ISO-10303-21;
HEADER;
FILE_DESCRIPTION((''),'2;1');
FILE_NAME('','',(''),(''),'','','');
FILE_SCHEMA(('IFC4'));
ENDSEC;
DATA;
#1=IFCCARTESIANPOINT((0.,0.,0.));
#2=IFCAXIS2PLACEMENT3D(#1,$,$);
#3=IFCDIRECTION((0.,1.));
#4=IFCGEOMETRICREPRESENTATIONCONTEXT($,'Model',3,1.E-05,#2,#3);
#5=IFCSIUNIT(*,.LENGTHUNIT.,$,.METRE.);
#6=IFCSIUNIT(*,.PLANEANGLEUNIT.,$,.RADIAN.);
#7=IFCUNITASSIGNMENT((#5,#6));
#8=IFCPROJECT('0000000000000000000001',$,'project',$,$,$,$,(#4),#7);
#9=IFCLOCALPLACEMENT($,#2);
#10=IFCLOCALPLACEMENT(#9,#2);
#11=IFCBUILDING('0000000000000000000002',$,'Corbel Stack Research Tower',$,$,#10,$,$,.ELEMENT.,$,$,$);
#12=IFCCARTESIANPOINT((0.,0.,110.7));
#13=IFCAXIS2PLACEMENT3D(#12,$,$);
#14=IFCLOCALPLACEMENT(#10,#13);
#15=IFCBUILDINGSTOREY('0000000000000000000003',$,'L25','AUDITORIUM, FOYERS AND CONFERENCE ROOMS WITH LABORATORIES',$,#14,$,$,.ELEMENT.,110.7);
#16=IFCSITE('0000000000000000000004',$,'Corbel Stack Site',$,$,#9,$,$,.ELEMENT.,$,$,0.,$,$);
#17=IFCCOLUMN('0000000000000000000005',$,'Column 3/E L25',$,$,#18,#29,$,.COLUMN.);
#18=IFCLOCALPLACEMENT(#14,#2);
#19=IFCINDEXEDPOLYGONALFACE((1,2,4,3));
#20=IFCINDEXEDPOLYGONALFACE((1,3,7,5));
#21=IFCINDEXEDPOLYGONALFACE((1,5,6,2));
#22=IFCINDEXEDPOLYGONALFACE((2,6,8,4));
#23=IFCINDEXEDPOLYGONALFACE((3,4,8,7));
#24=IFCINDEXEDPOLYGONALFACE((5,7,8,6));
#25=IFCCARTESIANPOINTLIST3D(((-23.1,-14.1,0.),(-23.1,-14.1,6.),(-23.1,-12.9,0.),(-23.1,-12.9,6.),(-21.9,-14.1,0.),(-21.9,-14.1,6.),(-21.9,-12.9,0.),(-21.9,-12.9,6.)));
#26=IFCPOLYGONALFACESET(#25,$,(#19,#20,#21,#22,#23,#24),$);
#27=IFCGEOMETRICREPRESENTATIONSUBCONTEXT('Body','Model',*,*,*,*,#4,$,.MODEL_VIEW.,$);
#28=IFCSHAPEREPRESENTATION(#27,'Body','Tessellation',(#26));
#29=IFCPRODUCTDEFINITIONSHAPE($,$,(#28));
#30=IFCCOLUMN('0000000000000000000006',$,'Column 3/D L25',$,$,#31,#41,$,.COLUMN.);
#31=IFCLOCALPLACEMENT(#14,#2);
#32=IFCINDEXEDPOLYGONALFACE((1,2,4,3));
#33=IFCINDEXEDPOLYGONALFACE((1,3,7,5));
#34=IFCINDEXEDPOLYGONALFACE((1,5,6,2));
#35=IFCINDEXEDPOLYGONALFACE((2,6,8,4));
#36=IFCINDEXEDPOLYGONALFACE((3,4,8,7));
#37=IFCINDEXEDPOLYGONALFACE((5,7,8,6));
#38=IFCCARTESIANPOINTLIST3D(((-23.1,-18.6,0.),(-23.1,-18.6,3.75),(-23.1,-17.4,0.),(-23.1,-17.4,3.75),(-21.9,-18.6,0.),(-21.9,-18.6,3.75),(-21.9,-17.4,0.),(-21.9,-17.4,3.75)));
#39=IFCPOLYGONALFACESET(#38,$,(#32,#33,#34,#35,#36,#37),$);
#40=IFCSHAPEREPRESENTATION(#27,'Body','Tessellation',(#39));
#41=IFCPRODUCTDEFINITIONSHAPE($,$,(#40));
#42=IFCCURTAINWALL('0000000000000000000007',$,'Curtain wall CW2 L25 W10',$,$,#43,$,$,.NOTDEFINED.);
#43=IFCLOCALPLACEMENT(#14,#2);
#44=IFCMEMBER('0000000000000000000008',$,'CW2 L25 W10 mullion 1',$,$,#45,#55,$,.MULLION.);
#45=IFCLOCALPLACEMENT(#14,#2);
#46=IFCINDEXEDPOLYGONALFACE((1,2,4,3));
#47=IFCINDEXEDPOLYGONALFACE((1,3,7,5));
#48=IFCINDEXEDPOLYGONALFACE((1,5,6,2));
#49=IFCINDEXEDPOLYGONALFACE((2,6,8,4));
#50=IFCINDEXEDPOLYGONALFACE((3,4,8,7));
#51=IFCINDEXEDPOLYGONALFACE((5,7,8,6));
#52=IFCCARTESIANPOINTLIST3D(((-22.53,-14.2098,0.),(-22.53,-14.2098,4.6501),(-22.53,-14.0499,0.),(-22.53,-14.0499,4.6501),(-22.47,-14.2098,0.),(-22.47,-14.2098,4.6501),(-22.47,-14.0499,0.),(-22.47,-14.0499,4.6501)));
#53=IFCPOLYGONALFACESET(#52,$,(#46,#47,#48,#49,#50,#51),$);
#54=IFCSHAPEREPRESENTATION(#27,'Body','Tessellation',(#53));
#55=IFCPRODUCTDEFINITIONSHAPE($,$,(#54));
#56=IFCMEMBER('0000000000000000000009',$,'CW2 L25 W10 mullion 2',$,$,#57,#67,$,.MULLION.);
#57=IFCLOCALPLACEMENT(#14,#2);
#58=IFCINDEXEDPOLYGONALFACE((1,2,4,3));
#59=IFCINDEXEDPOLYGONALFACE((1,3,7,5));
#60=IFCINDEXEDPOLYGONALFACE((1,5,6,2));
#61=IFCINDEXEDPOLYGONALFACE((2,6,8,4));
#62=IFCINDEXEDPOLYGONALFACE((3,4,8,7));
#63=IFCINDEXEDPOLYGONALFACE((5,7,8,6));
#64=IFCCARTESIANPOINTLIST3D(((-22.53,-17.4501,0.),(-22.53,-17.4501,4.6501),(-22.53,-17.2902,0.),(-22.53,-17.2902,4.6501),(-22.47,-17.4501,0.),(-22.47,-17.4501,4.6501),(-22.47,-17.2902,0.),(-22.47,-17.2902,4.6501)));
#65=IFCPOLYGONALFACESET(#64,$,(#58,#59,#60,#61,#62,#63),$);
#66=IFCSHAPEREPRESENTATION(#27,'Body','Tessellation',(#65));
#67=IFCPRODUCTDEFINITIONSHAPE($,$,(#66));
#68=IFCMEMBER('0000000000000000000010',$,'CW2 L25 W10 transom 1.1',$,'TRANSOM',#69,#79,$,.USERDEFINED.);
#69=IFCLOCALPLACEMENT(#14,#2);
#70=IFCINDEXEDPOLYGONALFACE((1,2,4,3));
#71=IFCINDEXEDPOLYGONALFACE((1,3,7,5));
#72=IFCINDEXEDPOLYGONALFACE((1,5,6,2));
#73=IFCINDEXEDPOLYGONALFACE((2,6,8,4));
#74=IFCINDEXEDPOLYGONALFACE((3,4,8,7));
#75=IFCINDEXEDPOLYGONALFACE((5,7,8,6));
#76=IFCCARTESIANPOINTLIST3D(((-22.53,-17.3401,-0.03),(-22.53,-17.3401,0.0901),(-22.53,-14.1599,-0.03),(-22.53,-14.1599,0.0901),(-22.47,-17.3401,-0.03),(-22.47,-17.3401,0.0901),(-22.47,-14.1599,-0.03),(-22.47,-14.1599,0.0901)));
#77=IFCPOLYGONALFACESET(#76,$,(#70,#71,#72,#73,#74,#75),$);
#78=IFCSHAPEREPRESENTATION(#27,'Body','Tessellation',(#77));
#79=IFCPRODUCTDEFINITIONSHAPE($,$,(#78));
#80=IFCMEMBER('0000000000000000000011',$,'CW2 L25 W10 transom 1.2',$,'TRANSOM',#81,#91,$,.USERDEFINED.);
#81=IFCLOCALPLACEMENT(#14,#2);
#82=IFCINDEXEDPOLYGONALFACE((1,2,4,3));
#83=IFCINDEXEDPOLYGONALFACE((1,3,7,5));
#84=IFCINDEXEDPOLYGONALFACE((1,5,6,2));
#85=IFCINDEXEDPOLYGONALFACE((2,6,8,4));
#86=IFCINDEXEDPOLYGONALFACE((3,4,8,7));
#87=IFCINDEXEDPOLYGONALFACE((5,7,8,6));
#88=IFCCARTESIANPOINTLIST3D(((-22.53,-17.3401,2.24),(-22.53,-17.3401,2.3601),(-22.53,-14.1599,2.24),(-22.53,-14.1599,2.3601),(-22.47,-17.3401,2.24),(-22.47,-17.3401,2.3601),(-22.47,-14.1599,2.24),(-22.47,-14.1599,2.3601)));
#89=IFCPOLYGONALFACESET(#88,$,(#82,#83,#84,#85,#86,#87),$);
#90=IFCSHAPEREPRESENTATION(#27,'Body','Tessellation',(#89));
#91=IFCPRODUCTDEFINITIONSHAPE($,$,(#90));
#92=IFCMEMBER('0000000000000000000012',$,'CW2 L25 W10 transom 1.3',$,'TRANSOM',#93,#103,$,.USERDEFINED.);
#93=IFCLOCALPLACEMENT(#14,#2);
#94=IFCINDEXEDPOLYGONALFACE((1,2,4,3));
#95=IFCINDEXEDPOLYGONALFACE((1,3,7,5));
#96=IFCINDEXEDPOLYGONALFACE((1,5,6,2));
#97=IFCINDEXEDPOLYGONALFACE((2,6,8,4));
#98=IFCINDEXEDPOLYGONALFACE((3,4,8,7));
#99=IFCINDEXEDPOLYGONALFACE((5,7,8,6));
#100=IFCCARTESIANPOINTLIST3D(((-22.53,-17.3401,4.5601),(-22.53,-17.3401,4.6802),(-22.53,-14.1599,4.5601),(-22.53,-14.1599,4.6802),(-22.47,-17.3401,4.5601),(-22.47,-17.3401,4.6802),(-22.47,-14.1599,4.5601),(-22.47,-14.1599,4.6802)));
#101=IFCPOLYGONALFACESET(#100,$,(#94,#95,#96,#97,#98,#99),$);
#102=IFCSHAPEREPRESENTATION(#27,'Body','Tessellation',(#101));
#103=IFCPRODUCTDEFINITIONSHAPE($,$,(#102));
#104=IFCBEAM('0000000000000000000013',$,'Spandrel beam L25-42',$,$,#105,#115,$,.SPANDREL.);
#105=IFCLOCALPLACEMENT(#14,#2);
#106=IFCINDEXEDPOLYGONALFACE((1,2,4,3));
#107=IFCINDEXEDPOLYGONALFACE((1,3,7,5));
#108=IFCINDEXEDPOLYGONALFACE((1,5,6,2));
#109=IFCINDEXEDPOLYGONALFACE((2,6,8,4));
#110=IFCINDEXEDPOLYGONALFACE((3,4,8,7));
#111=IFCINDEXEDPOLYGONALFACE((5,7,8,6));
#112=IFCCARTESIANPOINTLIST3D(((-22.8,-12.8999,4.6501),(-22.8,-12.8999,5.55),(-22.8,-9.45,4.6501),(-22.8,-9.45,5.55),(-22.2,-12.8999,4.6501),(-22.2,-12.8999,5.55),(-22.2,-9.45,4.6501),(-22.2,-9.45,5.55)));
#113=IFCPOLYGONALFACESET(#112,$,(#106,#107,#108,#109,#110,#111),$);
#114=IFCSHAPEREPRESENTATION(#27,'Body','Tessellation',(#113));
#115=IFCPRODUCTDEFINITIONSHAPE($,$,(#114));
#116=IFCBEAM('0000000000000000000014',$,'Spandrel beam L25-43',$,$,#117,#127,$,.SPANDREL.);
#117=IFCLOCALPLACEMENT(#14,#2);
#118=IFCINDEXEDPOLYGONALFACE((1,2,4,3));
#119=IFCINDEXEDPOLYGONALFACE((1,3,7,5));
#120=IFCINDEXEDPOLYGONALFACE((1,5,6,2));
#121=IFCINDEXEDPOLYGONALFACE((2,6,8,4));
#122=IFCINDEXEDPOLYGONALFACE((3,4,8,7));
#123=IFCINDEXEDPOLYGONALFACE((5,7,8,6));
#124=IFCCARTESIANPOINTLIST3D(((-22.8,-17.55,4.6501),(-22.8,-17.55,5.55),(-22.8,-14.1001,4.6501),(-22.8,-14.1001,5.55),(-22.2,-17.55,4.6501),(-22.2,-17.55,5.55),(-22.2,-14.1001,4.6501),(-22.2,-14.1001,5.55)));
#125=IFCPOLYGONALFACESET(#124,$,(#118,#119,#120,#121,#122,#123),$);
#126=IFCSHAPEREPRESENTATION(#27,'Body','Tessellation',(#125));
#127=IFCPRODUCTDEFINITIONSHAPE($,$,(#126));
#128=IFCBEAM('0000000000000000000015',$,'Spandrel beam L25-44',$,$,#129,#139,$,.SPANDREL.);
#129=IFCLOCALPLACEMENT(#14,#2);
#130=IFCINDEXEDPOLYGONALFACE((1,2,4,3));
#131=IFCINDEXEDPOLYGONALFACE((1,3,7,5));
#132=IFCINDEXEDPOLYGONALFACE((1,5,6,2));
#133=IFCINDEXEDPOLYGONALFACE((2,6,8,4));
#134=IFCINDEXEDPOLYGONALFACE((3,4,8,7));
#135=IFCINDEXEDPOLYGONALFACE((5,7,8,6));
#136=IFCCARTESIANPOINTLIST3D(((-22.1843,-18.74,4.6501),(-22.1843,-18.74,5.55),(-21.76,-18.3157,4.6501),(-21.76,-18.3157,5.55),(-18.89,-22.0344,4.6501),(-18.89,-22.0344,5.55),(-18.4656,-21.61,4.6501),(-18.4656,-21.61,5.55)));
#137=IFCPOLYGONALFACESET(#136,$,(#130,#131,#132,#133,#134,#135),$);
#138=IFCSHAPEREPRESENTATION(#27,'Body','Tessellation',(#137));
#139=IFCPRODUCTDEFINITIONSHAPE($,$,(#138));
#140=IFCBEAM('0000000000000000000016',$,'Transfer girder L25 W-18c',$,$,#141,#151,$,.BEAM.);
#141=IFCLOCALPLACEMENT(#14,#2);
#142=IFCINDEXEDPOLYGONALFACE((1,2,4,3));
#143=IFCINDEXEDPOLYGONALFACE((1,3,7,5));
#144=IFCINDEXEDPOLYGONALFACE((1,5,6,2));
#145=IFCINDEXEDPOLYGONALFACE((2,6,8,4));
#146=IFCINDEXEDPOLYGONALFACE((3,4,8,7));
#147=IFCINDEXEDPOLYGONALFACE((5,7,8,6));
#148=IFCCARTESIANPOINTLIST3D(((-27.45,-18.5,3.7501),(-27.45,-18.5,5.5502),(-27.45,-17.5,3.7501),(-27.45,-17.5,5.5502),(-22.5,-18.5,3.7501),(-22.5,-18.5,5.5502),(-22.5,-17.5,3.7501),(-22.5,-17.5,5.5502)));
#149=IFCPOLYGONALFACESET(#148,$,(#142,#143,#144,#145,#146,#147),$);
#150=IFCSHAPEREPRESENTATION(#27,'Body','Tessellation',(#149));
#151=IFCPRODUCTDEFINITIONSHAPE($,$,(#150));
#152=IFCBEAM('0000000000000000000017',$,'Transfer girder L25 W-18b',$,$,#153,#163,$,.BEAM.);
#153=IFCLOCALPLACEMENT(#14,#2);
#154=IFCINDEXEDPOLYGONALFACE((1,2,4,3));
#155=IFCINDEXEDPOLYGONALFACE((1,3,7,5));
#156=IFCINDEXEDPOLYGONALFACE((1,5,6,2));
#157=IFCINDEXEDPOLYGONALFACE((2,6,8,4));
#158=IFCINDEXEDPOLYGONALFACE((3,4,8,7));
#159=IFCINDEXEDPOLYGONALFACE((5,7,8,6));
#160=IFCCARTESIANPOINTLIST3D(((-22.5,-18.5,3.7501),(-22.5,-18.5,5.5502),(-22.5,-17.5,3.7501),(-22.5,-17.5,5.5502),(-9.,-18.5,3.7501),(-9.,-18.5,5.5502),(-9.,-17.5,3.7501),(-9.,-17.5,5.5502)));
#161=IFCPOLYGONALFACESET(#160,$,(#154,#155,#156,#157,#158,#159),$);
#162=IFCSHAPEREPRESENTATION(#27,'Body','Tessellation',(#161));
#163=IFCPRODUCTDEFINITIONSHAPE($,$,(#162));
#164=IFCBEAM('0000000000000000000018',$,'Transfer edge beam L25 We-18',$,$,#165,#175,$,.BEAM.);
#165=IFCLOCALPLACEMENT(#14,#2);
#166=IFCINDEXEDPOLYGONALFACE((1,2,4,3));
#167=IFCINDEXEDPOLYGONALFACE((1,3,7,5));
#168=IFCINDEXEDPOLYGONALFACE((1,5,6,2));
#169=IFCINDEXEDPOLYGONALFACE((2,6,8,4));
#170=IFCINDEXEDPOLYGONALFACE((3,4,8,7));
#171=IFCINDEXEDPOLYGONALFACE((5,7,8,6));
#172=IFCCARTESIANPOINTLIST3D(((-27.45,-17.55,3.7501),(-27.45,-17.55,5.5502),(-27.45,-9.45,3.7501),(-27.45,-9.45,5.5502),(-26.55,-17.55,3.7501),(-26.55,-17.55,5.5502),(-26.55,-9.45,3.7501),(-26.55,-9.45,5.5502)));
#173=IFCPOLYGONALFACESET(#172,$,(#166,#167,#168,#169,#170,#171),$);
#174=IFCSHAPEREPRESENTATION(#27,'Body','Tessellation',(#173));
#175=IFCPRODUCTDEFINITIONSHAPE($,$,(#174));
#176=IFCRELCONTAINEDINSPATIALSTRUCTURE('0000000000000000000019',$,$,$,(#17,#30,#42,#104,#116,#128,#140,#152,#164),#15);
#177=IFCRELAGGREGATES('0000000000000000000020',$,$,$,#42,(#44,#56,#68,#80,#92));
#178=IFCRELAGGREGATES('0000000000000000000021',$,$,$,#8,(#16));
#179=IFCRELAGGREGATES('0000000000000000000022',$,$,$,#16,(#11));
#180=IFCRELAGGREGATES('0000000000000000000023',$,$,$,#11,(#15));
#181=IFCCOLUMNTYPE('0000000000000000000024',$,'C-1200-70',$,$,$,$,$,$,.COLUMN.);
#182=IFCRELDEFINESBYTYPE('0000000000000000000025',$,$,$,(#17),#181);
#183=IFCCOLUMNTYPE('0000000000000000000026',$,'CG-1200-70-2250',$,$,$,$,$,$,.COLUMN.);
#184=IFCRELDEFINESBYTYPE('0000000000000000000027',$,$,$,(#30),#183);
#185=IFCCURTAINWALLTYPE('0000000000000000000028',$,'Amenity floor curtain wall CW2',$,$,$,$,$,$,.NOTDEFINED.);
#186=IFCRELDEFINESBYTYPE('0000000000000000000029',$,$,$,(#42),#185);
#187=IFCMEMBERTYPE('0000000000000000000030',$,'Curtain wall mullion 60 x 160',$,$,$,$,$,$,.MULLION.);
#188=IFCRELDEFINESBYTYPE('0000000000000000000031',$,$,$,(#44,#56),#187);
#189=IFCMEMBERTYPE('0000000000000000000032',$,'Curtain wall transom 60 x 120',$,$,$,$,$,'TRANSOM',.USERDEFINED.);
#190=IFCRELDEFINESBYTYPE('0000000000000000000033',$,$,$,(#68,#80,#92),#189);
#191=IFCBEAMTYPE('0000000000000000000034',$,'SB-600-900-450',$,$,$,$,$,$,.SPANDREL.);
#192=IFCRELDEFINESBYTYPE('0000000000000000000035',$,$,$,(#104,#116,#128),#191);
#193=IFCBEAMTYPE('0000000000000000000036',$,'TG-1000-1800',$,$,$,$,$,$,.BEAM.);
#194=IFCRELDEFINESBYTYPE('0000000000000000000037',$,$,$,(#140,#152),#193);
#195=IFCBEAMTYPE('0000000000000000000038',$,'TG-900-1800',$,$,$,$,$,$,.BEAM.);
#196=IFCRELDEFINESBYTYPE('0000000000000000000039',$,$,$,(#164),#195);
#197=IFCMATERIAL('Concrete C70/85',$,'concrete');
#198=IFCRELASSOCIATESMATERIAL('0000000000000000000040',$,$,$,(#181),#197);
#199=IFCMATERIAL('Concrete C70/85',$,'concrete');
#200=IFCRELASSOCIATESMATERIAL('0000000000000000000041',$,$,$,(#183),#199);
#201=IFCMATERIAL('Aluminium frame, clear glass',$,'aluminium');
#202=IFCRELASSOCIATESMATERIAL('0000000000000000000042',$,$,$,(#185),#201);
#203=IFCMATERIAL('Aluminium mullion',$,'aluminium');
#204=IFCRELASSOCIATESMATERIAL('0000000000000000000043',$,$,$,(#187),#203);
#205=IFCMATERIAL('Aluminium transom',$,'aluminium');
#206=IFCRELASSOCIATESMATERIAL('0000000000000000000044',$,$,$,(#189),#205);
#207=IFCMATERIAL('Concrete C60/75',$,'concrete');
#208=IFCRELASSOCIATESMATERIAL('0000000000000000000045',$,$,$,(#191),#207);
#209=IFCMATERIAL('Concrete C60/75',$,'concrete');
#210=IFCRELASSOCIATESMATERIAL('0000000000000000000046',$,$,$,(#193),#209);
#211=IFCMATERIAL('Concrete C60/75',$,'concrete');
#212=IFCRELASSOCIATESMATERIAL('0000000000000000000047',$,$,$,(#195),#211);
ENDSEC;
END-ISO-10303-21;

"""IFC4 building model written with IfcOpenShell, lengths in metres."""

from ifc_helpers import new_model, si_unit, direction, frame, origin, origin_2d, place, context, subcontext, project, spatial, rectangle, extrude, material, material_profile, profile_set, type_object, element, aggregate, save


model = new_model("IFC4")

# Units and contexts
model_context = context("Model", 3, precision=1e-05, world=origin(), true_north=direction((0.0, 1.0)))
body_context = subcontext(model_context, "Body", "Model", "MODEL_VIEW")
ifc_project = project(units=[si_unit("LENGTHUNIT", "METRE"), si_unit("PLANEANGLEUNIT", "RADIAN")], contexts=[model_context])

# Site, building, storey
site_placement = place(None, origin())
site = spatial("IfcSite", under=ifc_project, at=site_placement, Name="Corbel Stack Site", CompositionType="ELEMENT", RefElevation=0.0)
building_placement = place(site_placement, origin())
building = spatial("IfcBuilding", under=site, at=building_placement, Name="Corbel Stack Research Tower", CompositionType="ELEMENT")
storey_placement = place(building_placement, frame((0.0, 0.0, 110.7)))
storey = spatial("IfcBuildingStorey", under=building, at=storey_placement, Name="L25", Description="AUDITORIUM, FOYERS AND CONFERENCE ROOMS WITH LABORATORIES", CompositionType="ELEMENT", Elevation=110.7)

# Columns
ifc_material_1 = material(Name="Concrete C70/85", Category="concrete")
ifc_material_profile_1 = material_profile(ifc_material_1, rectangle(XDim=1.2, YDim=1.2, at=origin_2d()), Name="RC 1200 x 1200")
ifc_profile_set_1 = profile_set([ifc_material_profile_1], Name="Concrete C70/85")
column_type_1 = type_object("IfcColumnType", Name="C-1200-70", PredefinedType="COLUMN", material=ifc_profile_set_1)
column_1_placement = place(storey_placement, frame((-22.5, -13.5, 0.0), z_axis=(0.0, 0.0, 1.0), x_axis=(1.0, 0.0, 0.0)))
element("IfcColumn", 1, at=column_1_placement, inside=storey, type_object=column_type_1, Name="Column 3/E L25", PredefinedType="COLUMN", context=body_context, shape_type="SweptSolid", body=[
    extrude(rectangle(XDim=1.2, YDim=1.2, at=origin_2d()), origin(), (0.0, 0.0, 1.0), 6.0),
])
ifc_material_2 = material(Name="Concrete C70/85", Category="concrete")
ifc_material_profile_2 = material_profile(ifc_material_2, rectangle(XDim=1.2, YDim=1.2, at=origin_2d()), Name="RC 1200 x 1200")
ifc_profile_set_2 = profile_set([ifc_material_profile_2], Name="Concrete C70/85")
column_type_2 = type_object("IfcColumnType", Name="CG-1200-70-2250", PredefinedType="COLUMN", material=ifc_profile_set_2)
column_2_placement = place(storey_placement, frame((-22.5, -18.0, 0.0), z_axis=(0.0, 0.0, 1.0), x_axis=(1.0, 0.0, 0.0)))
element("IfcColumn", 2, at=column_2_placement, inside=storey, type_object=column_type_2, Name="Column 3/D L25", PredefinedType="COLUMN", context=body_context, shape_type="SweptSolid", body=[
    extrude(rectangle(XDim=1.2, YDim=1.2, at=origin_2d()), origin(), (0.0, 0.0, 1.0), 3.75),
])

# Curtain wall, members
ifc_material_3 = material(Name="Aluminium frame, clear glass", Category="aluminium")
curtain_wall_type = type_object("IfcCurtainWallType", Name="Amenity floor curtain wall CW2", PredefinedType="NOTDEFINED", material=ifc_material_3)
curtain_wall_placement = place(storey_placement, origin())
curtain_wall = element("IfcCurtainWall", 3, at=curtain_wall_placement, inside=storey, type_object=curtain_wall_type, Name="Curtain wall CW2 L25 W10", PredefinedType="NOTDEFINED")
ifc_material_4 = material(Name="Aluminium mullion", Category="aluminium")
ifc_material_profile_3 = material_profile(ifc_material_4, rectangle(XDim=0.0601, YDim=0.1599, at=origin_2d()), Name="Mullion 60 x 160")
ifc_profile_set_3 = profile_set([ifc_material_profile_3], Name="Aluminium mullion")
member_type_1 = type_object("IfcMemberType", Name="Curtain wall mullion 60 x 160", PredefinedType="MULLION", material=ifc_profile_set_3)
member_1_placement = place(storey_placement, frame((-22.5, -14.1299, 0.0), z_axis=(0.0, 0.0, 1.0), x_axis=(1.0, 0.0, 0.0)))
member_1 = element("IfcMember", 4, at=member_1_placement, type_object=member_type_1, Name="CW2 L25 W10 mullion 1", PredefinedType="MULLION", context=body_context, shape_type="SweptSolid", body=[
    extrude(rectangle(XDim=0.0601, YDim=0.1599, at=origin_2d()), origin(), (0.0, 0.0, 1.0), 4.6501),
])
member_2_placement = place(storey_placement, frame((-22.5, -17.3701, 0.0), z_axis=(0.0, 0.0, 1.0), x_axis=(1.0, 0.0, 0.0)))
member_2 = element("IfcMember", 5, at=member_2_placement, type_object=member_type_1, Name="CW2 L25 W10 mullion 2", PredefinedType="MULLION", context=body_context, shape_type="SweptSolid", body=[
    extrude(rectangle(XDim=0.0601, YDim=0.1599, at=origin_2d()), origin(), (0.0, 0.0, 1.0), 4.6501),
])
ifc_material_5 = material(Name="Aluminium transom", Category="aluminium")
ifc_material_profile_4 = material_profile(ifc_material_5, rectangle(XDim=0.0601, YDim=0.1201, at=origin_2d()), Name="Transom 60 x 120")
ifc_profile_set_4 = profile_set([ifc_material_profile_4], Name="Aluminium transom")
member_type_2 = type_object("IfcMemberType", Name="Curtain wall transom 60 x 120", ElementType="TRANSOM", PredefinedType="USERDEFINED", material=ifc_profile_set_4)
member_3_placement = place(storey_placement, frame((-22.5, -14.1599, 0.03), z_axis=(0.0, -1.0, 0.0), x_axis=(1.0, 0.0, 0.0)))
member_3 = element("IfcMember", 6, at=member_3_placement, type_object=member_type_2, Name="CW2 L25 W10 transom 1.1", ObjectType="TRANSOM", PredefinedType="USERDEFINED", context=body_context, shape_type="SweptSolid", body=[
    extrude(rectangle(XDim=0.0601, YDim=0.1201, at=origin_2d()), origin(), (0.0, 0.0, 1.0), 3.1802),
])
member_4_placement = place(storey_placement, frame((-22.5, -14.1599, 2.3), z_axis=(0.0, -1.0, 0.0), x_axis=(1.0, 0.0, 0.0)))
member_4 = element("IfcMember", 7, at=member_4_placement, type_object=member_type_2, Name="CW2 L25 W10 transom 1.2", ObjectType="TRANSOM", PredefinedType="USERDEFINED", context=body_context, shape_type="SweptSolid", body=[
    extrude(rectangle(XDim=0.0601, YDim=0.1201, at=origin_2d()), origin(), (0.0, 0.0, 1.0), 3.1802),
])
member_5_placement = place(storey_placement, frame((-22.5, -14.1599, 4.6201), z_axis=(0.0, -1.0, 0.0), x_axis=(1.0, 0.0, 0.0)))
member_5 = element("IfcMember", 8, at=member_5_placement, type_object=member_type_2, Name="CW2 L25 W10 transom 1.3", ObjectType="TRANSOM", PredefinedType="USERDEFINED", context=body_context, shape_type="SweptSolid", body=[
    extrude(rectangle(XDim=0.0601, YDim=0.1201, at=origin_2d()), origin(), (0.0, 0.0, 1.0), 3.1802),
])

# Beams
ifc_material_6 = material(Name="Concrete C60/75", Category="concrete")
ifc_material_profile_5 = material_profile(ifc_material_6, rectangle(XDim=0.6001, YDim=0.8999, at=origin_2d()), Name="RC 600 x 900")
ifc_profile_set_5 = profile_set([ifc_material_profile_5], Name="Concrete C60/75")
beam_type_1 = type_object("IfcBeamType", Name="SB-600-900-450", PredefinedType="SPANDREL", material=ifc_profile_set_5)
for number, where, z_axis, x_axis, name in (
    (9, (-22.5, -9.45, 5.1001), (0.0, -1.0, 0.0), (1.0, 0.0, 0.0), "Spandrel beam L25-42"),
    (10, (-22.5, -14.1001, 5.1001), (0.0, -1.0, 0.0), (1.0, 0.0, 0.0), "Spandrel beam L25-43"),
):
    element("IfcBeam", number, at=place(storey_placement, frame(where, z_axis=z_axis, x_axis=x_axis)), inside=storey, type_object=beam_type_1, Name=name, PredefinedType="SPANDREL", context=body_context, shape_type="SweptSolid", body=[
        extrude(rectangle(XDim=0.6001, YDim=0.8999, at=origin_2d()), origin(), (0.0, 0.0, 1.0), 3.45),
    ])
beam_1_placement = place(storey_placement, frame((-21.9722, -18.5278, 5.1001), z_axis=(0.707107, -0.707107, 0.0), x_axis=(0.707107, 0.707107, 0.0)))
element("IfcBeam", 11, at=beam_1_placement, inside=storey, type_object=beam_type_1, Name="Spandrel beam L25-44", PredefinedType="SPANDREL", context=body_context, shape_type="SweptSolid", body=[
    extrude(rectangle(XDim=0.6001, YDim=0.8999, at=origin_2d()), origin(), (0.0, 0.0, 1.0), 4.6589),
])
ifc_material_7 = material(Name="Concrete C60/75", Category="concrete")
ifc_material_profile_6 = material_profile(ifc_material_7, rectangle(XDim=1.0, YDim=1.8, at=origin_2d()), Name="RC 1000 x 1800")
ifc_profile_set_6 = profile_set([ifc_material_profile_6], Name="Concrete C60/75")
beam_type_2 = type_object("IfcBeamType", Name="TG-1000-1800", PredefinedType="BEAM", material=ifc_profile_set_6)
beam_2_placement = place(storey_placement, frame((-27.45, -18.0, 4.6501), z_axis=(1.0, 0.0, 0.0), x_axis=(0.0, 1.0, 0.0)))
element("IfcBeam", 12, at=beam_2_placement, inside=storey, type_object=beam_type_2, Name="Transfer girder L25 W-18c", PredefinedType="BEAM", context=body_context, shape_type="SweptSolid", body=[
    extrude(rectangle(XDim=1.0, YDim=1.8, at=origin_2d()), origin(), (0.0, 0.0, 1.0), 4.95),
])
beam_3_placement = place(storey_placement, frame((-22.5, -18.0, 4.6501), z_axis=(1.0, 0.0, 0.0), x_axis=(0.0, 1.0, 0.0)))
element("IfcBeam", 13, at=beam_3_placement, inside=storey, type_object=beam_type_2, Name="Transfer girder L25 W-18b", PredefinedType="BEAM", context=body_context, shape_type="SweptSolid", body=[
    extrude(rectangle(XDim=1.0, YDim=1.8, at=origin_2d()), origin(), (0.0, 0.0, 1.0), 13.5),
])
ifc_material_8 = material(Name="Concrete C60/75", Category="concrete")
ifc_material_profile_7 = material_profile(ifc_material_8, rectangle(XDim=0.8999, YDim=1.8, at=origin_2d()), Name="RC 900 x 1800")
ifc_profile_set_7 = profile_set([ifc_material_profile_7], Name="Concrete C60/75")
beam_type_3 = type_object("IfcBeamType", Name="TG-900-1800", PredefinedType="BEAM", material=ifc_profile_set_7)
beam_4_placement = place(storey_placement, frame((-27.0, -17.55, 4.6501), z_axis=(0.0, 1.0, 0.0), x_axis=(-1.0, 0.0, 0.0)))
element("IfcBeam", 14, at=beam_4_placement, inside=storey, type_object=beam_type_3, Name="Transfer edge beam L25 We-18", PredefinedType="BEAM", context=body_context, shape_type="SweptSolid", body=[
    extrude(rectangle(XDim=0.8999, YDim=1.8, at=origin_2d()), origin(), (0.0, 0.0, 1.0), 8.1001),
])

aggregate(curtain_wall, [member_1, member_2, member_3, member_4, member_5])

save(model, "model.ifc")
